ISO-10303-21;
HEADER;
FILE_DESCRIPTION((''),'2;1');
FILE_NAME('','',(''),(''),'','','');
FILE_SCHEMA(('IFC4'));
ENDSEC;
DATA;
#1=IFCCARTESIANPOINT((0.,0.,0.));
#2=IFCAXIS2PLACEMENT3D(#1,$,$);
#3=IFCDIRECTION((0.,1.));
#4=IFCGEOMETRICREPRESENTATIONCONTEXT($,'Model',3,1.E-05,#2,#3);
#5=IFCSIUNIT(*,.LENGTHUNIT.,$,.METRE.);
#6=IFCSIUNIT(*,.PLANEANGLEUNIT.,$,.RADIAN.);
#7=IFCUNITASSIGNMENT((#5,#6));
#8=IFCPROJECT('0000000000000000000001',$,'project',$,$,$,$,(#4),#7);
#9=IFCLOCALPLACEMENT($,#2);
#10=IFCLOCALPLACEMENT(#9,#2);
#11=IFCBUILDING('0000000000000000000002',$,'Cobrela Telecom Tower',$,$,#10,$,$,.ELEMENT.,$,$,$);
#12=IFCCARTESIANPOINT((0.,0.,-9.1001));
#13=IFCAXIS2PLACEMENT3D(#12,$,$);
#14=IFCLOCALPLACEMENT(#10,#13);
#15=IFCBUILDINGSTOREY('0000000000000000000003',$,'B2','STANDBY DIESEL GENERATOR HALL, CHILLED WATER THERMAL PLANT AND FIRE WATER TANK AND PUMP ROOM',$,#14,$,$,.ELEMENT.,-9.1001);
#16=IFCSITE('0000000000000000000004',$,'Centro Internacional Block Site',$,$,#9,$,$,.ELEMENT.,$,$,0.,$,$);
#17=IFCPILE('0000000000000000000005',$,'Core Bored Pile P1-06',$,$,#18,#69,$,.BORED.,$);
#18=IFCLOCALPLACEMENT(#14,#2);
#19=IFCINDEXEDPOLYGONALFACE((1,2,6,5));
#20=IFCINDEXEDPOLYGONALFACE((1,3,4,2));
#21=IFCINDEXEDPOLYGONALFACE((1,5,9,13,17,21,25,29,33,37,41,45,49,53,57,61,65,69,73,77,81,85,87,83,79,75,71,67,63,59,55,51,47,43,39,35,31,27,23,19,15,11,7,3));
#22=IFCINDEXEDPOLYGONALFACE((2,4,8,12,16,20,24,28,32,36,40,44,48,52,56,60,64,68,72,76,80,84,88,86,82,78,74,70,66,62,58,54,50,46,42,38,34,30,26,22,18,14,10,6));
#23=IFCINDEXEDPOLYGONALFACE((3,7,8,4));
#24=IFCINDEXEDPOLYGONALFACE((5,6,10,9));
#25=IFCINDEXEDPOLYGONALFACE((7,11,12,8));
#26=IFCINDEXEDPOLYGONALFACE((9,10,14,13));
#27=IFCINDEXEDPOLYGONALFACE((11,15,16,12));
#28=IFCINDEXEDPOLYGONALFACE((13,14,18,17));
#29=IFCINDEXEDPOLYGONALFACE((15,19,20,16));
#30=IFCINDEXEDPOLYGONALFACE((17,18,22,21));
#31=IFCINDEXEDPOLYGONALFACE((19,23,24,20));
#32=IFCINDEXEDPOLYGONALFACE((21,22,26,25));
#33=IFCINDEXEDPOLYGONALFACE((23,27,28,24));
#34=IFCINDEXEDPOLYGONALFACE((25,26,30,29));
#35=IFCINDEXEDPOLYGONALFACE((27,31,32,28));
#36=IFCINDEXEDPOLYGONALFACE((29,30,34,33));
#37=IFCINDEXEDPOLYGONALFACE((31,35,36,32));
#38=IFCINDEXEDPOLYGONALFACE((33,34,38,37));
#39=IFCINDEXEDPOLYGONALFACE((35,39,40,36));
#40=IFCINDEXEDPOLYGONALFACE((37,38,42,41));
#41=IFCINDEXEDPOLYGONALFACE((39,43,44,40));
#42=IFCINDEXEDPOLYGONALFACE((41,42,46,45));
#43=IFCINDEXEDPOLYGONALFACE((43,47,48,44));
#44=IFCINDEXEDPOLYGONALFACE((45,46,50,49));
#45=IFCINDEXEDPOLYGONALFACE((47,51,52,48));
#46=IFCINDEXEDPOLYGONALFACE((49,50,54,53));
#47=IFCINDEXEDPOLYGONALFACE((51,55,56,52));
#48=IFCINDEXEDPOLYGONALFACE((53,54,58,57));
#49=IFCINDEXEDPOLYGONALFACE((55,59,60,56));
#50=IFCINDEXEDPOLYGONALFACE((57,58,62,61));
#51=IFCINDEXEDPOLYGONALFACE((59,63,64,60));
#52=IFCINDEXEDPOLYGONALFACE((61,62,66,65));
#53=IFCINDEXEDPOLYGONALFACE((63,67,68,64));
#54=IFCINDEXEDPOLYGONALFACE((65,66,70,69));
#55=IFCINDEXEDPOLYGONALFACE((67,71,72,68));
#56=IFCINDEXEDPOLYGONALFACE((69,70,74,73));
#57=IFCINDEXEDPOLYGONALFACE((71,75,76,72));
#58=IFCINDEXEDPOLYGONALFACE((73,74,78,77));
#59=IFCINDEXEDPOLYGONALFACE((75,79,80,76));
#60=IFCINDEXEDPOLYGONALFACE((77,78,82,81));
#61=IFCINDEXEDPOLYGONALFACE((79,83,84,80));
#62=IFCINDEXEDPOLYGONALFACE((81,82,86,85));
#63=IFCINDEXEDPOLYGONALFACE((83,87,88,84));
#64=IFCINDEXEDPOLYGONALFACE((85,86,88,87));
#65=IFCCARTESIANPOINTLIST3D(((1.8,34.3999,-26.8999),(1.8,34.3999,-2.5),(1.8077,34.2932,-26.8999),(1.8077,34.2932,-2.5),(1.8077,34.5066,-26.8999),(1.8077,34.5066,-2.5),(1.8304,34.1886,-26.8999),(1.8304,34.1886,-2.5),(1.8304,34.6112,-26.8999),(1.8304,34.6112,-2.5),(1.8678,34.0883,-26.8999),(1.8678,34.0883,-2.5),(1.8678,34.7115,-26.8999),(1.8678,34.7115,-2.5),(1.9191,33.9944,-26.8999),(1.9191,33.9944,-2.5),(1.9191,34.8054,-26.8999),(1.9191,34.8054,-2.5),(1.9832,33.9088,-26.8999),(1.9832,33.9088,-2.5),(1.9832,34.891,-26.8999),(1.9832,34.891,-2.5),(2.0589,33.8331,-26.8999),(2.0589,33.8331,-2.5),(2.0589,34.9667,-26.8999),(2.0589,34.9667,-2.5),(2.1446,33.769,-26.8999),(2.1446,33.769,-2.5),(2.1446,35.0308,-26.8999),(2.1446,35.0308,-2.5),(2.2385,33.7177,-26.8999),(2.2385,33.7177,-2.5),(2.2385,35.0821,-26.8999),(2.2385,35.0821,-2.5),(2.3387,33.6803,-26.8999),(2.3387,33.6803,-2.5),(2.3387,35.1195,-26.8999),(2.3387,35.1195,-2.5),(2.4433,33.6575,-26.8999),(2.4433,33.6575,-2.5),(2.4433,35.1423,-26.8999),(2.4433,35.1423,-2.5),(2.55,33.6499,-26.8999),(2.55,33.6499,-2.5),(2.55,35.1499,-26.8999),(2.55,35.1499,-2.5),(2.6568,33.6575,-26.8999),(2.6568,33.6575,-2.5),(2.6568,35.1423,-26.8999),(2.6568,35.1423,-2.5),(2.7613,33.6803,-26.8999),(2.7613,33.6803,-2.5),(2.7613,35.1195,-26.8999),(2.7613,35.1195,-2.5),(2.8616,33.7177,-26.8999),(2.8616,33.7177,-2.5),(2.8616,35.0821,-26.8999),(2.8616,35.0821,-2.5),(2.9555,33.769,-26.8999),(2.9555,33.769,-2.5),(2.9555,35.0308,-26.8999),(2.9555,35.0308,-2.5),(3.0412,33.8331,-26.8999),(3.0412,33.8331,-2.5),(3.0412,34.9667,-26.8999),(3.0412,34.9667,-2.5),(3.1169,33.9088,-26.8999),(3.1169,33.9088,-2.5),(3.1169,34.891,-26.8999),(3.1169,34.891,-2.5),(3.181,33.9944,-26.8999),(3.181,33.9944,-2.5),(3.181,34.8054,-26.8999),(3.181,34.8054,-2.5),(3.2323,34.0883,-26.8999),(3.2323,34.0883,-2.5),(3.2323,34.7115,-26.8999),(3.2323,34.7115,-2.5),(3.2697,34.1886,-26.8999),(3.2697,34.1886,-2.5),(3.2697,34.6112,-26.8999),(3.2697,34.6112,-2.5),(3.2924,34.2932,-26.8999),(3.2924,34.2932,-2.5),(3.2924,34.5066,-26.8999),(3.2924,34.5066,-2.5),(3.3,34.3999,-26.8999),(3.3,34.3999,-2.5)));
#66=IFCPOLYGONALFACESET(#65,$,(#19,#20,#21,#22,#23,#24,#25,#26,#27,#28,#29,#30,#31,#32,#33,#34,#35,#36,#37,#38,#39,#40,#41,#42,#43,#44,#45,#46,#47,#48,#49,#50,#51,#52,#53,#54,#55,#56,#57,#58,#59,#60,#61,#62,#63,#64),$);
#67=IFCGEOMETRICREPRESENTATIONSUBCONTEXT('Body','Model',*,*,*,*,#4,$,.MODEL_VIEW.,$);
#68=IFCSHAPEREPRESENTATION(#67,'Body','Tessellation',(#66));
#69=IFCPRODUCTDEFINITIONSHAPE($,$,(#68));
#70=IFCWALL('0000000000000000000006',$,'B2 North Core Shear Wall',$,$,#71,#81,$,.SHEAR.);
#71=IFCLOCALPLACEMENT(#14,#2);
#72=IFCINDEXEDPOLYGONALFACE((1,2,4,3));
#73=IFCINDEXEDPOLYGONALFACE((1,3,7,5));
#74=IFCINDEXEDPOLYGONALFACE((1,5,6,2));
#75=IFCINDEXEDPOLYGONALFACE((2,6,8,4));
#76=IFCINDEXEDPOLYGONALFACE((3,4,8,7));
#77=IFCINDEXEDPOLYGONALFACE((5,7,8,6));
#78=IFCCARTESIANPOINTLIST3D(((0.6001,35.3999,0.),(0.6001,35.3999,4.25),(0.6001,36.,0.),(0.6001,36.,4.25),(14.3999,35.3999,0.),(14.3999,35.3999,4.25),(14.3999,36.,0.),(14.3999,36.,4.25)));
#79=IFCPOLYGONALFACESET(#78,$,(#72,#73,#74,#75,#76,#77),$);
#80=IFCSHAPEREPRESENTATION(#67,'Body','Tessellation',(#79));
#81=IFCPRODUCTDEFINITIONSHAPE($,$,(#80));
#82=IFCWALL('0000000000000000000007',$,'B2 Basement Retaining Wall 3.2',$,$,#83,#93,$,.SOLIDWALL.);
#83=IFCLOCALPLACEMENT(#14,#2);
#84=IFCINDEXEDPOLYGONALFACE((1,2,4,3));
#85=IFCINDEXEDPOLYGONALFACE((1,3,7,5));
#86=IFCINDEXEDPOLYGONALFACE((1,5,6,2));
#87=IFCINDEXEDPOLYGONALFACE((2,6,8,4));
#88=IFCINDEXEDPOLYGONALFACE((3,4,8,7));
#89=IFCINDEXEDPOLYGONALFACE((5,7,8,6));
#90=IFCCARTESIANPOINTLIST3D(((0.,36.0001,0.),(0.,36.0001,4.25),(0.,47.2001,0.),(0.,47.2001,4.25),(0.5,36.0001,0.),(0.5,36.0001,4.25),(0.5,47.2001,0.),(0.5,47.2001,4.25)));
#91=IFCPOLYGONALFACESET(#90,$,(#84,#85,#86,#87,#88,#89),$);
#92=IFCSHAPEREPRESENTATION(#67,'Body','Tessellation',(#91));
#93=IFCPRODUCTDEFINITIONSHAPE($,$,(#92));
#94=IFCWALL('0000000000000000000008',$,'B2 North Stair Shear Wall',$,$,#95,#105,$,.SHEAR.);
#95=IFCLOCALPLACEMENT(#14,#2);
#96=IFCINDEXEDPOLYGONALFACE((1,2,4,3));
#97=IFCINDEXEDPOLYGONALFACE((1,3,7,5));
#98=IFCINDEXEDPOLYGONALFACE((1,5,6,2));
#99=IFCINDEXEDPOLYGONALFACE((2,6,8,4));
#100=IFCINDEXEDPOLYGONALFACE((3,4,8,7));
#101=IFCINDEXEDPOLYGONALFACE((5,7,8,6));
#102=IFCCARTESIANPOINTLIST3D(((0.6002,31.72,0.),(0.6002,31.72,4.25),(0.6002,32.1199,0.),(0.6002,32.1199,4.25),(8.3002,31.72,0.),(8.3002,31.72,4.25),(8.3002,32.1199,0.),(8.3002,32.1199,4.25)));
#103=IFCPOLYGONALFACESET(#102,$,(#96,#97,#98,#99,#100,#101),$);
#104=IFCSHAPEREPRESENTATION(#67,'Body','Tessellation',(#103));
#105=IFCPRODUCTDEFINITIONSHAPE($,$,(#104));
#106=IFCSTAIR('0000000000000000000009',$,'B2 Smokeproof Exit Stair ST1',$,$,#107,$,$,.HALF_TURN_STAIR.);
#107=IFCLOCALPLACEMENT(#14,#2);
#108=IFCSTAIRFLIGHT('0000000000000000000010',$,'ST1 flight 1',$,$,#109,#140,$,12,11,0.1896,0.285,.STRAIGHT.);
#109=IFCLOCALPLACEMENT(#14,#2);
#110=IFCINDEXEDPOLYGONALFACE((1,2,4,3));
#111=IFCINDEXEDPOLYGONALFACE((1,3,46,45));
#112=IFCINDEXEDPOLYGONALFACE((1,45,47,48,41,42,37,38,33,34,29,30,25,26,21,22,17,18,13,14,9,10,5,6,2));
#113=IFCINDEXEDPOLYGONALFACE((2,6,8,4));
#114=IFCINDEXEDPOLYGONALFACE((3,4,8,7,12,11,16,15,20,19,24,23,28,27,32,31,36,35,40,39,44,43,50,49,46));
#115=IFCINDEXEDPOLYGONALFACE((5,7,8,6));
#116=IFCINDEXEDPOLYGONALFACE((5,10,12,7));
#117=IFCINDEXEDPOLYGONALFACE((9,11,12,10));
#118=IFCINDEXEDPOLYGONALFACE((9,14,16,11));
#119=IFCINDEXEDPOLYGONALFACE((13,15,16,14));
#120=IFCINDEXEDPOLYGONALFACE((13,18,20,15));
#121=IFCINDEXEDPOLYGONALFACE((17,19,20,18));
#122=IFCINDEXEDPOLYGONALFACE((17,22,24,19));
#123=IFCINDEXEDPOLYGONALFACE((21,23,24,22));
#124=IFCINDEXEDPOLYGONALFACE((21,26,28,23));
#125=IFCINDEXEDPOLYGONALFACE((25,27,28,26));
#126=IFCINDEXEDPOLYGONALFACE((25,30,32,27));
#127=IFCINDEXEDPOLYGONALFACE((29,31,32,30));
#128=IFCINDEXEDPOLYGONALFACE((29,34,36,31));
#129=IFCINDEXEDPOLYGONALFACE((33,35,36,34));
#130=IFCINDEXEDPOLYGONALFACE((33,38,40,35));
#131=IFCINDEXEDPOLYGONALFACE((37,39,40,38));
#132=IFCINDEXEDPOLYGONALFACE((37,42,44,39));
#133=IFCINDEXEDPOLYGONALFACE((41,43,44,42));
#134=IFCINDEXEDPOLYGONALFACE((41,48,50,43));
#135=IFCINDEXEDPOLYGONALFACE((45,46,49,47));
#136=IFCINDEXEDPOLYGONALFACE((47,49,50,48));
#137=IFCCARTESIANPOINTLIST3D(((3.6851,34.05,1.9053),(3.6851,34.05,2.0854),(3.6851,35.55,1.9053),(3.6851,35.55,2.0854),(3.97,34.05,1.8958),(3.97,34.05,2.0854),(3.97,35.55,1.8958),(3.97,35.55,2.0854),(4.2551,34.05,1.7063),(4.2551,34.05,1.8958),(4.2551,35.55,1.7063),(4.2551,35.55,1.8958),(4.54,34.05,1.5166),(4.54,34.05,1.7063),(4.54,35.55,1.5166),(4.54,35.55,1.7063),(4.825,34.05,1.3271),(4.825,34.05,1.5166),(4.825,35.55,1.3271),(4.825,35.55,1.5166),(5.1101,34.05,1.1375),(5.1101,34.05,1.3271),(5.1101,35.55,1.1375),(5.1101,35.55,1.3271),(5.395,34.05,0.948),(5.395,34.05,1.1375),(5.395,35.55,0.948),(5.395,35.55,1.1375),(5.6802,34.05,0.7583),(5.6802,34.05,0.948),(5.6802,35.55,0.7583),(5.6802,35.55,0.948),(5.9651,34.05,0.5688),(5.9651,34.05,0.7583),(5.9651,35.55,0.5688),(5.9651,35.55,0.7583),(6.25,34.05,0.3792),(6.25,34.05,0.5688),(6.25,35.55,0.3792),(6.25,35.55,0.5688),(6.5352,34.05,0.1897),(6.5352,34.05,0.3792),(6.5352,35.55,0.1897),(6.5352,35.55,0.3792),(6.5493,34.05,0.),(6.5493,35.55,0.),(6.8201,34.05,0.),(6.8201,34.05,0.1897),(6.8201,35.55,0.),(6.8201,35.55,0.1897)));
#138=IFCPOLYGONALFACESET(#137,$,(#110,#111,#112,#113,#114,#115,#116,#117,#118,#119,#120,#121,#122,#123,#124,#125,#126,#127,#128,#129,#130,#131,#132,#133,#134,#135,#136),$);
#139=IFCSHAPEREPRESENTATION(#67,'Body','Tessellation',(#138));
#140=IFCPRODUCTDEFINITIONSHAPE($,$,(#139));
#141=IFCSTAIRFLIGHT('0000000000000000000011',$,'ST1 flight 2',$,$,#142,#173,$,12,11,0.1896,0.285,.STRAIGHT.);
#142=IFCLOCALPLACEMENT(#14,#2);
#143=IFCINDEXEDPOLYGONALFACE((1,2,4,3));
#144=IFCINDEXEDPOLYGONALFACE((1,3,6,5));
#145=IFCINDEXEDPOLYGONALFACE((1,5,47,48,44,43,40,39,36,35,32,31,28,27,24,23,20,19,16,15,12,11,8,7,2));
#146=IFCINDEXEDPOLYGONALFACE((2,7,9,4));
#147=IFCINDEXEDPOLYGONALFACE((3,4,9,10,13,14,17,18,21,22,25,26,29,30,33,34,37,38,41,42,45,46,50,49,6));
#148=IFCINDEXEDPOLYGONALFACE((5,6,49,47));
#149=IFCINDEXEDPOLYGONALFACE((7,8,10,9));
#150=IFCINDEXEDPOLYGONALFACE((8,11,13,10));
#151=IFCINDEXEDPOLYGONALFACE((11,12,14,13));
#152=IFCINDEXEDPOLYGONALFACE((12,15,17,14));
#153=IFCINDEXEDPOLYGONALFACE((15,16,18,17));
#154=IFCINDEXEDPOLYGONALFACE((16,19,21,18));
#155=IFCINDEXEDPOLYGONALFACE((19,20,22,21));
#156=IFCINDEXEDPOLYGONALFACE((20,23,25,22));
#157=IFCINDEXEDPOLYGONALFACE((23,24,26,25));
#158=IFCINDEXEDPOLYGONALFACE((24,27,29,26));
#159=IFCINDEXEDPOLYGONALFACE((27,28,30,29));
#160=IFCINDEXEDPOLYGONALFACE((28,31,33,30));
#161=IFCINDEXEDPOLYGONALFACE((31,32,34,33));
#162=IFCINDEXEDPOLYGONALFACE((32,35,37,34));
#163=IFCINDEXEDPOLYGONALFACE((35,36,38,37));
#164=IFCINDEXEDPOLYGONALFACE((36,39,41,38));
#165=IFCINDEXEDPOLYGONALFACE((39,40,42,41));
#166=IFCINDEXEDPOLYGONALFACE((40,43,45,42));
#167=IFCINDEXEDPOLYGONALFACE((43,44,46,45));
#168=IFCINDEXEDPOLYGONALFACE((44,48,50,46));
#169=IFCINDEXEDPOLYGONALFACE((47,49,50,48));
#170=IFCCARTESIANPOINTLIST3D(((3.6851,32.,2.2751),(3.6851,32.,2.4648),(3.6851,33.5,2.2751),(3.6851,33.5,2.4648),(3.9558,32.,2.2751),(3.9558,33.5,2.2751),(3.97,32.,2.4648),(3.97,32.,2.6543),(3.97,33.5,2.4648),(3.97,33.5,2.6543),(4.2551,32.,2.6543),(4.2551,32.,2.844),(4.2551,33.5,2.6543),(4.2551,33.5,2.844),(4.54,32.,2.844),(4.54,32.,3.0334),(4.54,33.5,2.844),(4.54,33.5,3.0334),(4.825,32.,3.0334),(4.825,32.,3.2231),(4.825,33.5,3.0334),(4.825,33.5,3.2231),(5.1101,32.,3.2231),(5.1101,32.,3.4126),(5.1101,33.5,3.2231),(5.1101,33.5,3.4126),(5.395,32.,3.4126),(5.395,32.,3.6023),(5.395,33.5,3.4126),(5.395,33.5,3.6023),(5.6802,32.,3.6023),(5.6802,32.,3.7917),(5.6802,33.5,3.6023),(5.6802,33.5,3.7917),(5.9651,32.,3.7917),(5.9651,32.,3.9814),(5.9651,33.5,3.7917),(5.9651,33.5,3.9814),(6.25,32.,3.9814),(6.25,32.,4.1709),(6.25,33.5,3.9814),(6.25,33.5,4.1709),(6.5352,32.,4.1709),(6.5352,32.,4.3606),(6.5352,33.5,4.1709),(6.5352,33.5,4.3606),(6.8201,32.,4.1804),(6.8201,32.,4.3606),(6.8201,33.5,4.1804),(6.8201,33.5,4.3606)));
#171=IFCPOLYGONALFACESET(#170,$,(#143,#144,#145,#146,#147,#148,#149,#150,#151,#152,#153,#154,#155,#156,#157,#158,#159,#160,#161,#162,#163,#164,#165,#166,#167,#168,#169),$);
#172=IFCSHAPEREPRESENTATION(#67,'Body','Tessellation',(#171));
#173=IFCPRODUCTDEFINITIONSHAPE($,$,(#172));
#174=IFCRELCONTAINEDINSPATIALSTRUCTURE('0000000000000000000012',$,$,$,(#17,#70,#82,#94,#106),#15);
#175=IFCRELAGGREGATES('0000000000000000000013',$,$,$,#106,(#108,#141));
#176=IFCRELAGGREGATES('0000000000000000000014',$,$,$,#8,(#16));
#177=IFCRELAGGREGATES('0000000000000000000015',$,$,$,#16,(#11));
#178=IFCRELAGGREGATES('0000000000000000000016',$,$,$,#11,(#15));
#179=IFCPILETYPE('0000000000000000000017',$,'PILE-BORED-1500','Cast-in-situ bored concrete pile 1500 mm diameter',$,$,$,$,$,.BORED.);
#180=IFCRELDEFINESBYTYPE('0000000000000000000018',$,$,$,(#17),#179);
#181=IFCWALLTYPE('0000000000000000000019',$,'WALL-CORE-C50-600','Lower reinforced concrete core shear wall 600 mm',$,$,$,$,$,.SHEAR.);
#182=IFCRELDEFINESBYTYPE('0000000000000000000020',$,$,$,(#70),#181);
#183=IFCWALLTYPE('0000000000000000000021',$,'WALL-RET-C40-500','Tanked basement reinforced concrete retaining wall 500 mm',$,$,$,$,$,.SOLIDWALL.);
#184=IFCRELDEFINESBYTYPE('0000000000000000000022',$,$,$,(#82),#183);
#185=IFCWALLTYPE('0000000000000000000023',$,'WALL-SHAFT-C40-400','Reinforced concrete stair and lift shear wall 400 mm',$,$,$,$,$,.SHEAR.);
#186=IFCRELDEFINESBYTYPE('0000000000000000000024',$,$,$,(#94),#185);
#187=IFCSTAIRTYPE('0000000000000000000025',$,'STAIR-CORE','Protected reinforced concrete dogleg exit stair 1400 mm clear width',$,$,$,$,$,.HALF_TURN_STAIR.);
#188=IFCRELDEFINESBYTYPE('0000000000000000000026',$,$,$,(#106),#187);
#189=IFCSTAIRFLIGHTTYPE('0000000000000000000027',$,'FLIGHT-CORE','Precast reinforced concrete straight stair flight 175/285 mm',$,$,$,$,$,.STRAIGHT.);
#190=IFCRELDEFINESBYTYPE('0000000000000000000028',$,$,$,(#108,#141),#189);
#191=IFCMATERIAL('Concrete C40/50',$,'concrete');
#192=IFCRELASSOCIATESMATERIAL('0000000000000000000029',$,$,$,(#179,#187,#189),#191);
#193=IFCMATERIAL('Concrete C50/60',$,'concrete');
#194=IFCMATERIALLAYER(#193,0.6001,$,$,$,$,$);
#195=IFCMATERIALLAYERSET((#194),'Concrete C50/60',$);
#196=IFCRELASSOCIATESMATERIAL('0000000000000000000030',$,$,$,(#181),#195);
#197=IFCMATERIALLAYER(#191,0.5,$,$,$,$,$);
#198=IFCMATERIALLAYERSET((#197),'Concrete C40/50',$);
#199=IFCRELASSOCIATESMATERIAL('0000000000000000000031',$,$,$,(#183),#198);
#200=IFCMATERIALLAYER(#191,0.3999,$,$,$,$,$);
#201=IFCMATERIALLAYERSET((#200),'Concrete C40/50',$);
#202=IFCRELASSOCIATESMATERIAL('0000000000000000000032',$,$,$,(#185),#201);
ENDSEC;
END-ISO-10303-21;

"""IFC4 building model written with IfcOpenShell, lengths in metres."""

from ifc_helpers import new_model, si_unit, direction, frame, frame_2d, origin, origin_2d, place, context, subcontext, project, spatial, polyline, rectangle, circle, outline, extrude, material, layer, layer_set, material_profile, profile_set, type_object, element, aggregate, save


model = new_model("IFC4")

# Units and contexts
model_context = context("Model", 3, precision=1e-05, world=origin(), true_north=direction((0.0, 1.0)))
body_context = subcontext(model_context, "Body", "Model", "MODEL_VIEW")
ifc_project = project(units=[si_unit("LENGTHUNIT", "METRE"), si_unit("PLANEANGLEUNIT", "RADIAN")], contexts=[model_context])

# Site, building, storey
site_placement = place(None, origin())
site = spatial("IfcSite", under=ifc_project, at=site_placement, Name="Centro Internacional Block Site", CompositionType="ELEMENT", RefElevation=0.0)
building_placement = place(site_placement, origin())
building = spatial("IfcBuilding", under=site, at=building_placement, Name="Cobrela Telecom Tower", CompositionType="ELEMENT")
storey_placement = place(building_placement, frame((0.0, 0.0, -9.1001)))
storey = spatial("IfcBuildingStorey", under=building, at=storey_placement, Name="B2", Description="STANDBY DIESEL GENERATOR HALL, CHILLED WATER THERMAL PLANT AND FIRE WATER TANK AND PUMP ROOM", CompositionType="ELEMENT", Elevation=-9.1001)

# Shared definitions
ifc_material_1 = material(Name="Concrete C40/50", Category="concrete")

# Pile
ifc_material_profile_1 = material_profile(ifc_material_1, circle(Radius=0.75, at=origin_2d()), Name="BORED PILE D1500")
ifc_profile_set_1 = profile_set([ifc_material_profile_1], Name="Concrete C40/50")
pile_type_1 = type_object("IfcPileType", Name="PILE-BORED-1500", Description="Cast-in-situ bored concrete pile 1500 mm diameter", PredefinedType="BORED", material=ifc_profile_set_1)
for number, where, z_axis, x_axis, name in (
    (1, (2.55, 34.3999, -2.5), (0.0, 0.0, -1.0), (1.0, 0.0, 0.0), "Core Bored Pile P1-06"),
):
    element("IfcPile", number, at=place(storey_placement, frame(where, z_axis=z_axis, x_axis=x_axis)), inside=storey, type_object=pile_type_1, Name=name, PredefinedType="BORED", context=body_context, shape_type="SweptSolid", body=[
        extrude(circle(Radius=0.75, at=origin_2d()), origin(), (0.0, 0.0, 1.0), 24.3999),
    ])

# Walls
ifc_material_2 = material(Name="Concrete C50/60", Category="concrete")
ifc_layer_1 = layer(ifc_material_2, 0.6001)
ifc_layer_set_1 = layer_set([ifc_layer_1], Name="Concrete C50/60")
wall_type_1 = type_object("IfcWallType", Name="WALL-CORE-C50-600", Description="Lower reinforced concrete core shear wall 600 mm", PredefinedType="SHEAR", material=ifc_layer_set_1)
wall_1_placement = place(storey_placement, frame((0.6001, 35.7, 0.0), z_axis=(0.0, 0.0, 1.0), x_axis=(1.0, 0.0, 0.0)))
element("IfcWall", 2, at=wall_1_placement, inside=storey, type_object=wall_type_1, Name="B2 North Core Shear Wall", PredefinedType="SHEAR", context=body_context, shape_type="SweptSolid", body=[
    extrude(rectangle(XDim=13.7998, YDim=0.6001, at=frame_2d((6.8999, 0.0))), origin(), (0.0, 0.0, 1.0), 4.25),
])
ifc_layer_2 = layer(ifc_material_1, 0.5)
ifc_layer_set_2 = layer_set([ifc_layer_2], Name="Concrete C40/50")
wall_type_2 = type_object("IfcWallType", Name="WALL-RET-C40-500", Description="Tanked basement reinforced concrete retaining wall 500 mm", PredefinedType="SOLIDWALL", material=ifc_layer_set_2)
wall_2_placement = place(storey_placement, frame((0.25, 36.0, 0.0), z_axis=(0.0, 0.0, 1.0), x_axis=(0.0, 1.0, 0.0)))
element("IfcWall", 3, at=wall_2_placement, inside=storey, type_object=wall_type_2, Name="B2 Basement Retaining Wall 3.2", PredefinedType="SOLIDWALL", context=body_context, shape_type="SweptSolid", body=[
    extrude(rectangle(XDim=11.2, YDim=0.5, at=frame_2d((5.6001, 0.0))), origin(), (0.0, 0.0, 1.0), 4.25),
])
ifc_layer_3 = layer(ifc_material_1, 0.3999)
ifc_layer_set_3 = layer_set([ifc_layer_3], Name="Concrete C40/50")
wall_type_3 = type_object("IfcWallType", Name="WALL-SHAFT-C40-400", Description="Reinforced concrete stair and lift shear wall 400 mm", PredefinedType="SHEAR", material=ifc_layer_set_3)
wall_3_placement = place(storey_placement, frame((0.6001, 31.9199, 0.0), z_axis=(0.0, 0.0, 1.0), x_axis=(1.0, 0.0, 0.0)))
element("IfcWall", 4, at=wall_3_placement, inside=storey, type_object=wall_type_3, Name="B2 North Stair Shear Wall", PredefinedType="SHEAR", context=body_context, shape_type="SweptSolid", body=[
    extrude(rectangle(XDim=7.7, YDim=0.3999, at=frame_2d((3.8501, 0.0))), origin(), (0.0, 0.0, 1.0), 4.25),
])

# Stair, stair flights
stair_type = type_object("IfcStairType", Name="STAIR-CORE", Description="Protected reinforced concrete dogleg exit stair 1400 mm clear width", PredefinedType="HALF_TURN_STAIR", material=ifc_material_1)
stair_placement = place(storey_placement, origin())
stair = element("IfcStair", 5, at=stair_placement, inside=storey, type_object=stair_type, Name="B2 Smokeproof Exit Stair ST1", PredefinedType="HALF_TURN_STAIR")
stair_flight_type = type_object("IfcStairFlightType", Name="FLIGHT-CORE", Description="Precast reinforced concrete straight stair flight 175/285 mm", PredefinedType="STRAIGHT", material=ifc_material_1)
stair_flight_1_placement = place(storey_placement, frame((6.8201, 34.8, 0.0), z_axis=(0.0, 0.0, 1.0), x_axis=(-1.0, 0.0, 0.0)))
stair_flight_1 = element("IfcStairFlight", 6, at=stair_flight_1_placement, type_object=stair_flight_type, Name="ST1 flight 1", NumberOfRisers=12, NumberOfTreads=11, PredefinedType="STRAIGHT", RiserHeight=0.1896, TreadLength=0.285, context=body_context, shape_type="SweptSolid", body=[
    extrude(outline(polyline([(0.0, 0.0), (0.0, 0.1897), (0.2849, 0.1897), (0.2849, 0.3792), (0.5701, 0.3792), (0.5701, 0.5688), (0.855, 0.5688), (0.855, 0.7583), (1.1399, 0.7583), (1.1399, 0.948), (1.425, 0.948), (1.425, 1.1375), (1.71, 1.1375), (1.71, 1.3271), (1.9951, 1.3271), (1.9951, 1.5166), (2.28, 1.5166), (2.28, 1.7063), (2.5649, 1.7063), (2.5649, 1.8958), (2.8501, 1.8958), (2.8501, 2.0854), (3.135, 2.0854), (3.135, 2.2749), (3.135, 1.9053), (0.2708, 0.0), (0.0, 0.0)])), frame((0.0, 0.75, 0.0), z_axis=(0.0, -1.0, 0.0), x_axis=(1.0, 0.0, 0.0)), (0.0, 0.0, 1.0), 1.5),
])
stair_flight_2_placement = place(storey_placement, frame((3.6851, 32.75, 2.2751), z_axis=(0.0, 0.0, 1.0), x_axis=(1.0, 0.0, 0.0)))
stair_flight_2 = element("IfcStairFlight", 7, at=stair_flight_2_placement, type_object=stair_flight_type, Name="ST1 flight 2", NumberOfRisers=12, NumberOfTreads=11, PredefinedType="STRAIGHT", RiserHeight=0.1896, TreadLength=0.285, context=body_context, shape_type="SweptSolid", body=[
    extrude(outline(polyline([(0.0, 0.0), (0.0, 0.1897), (0.2849, 0.1897), (0.2849, 0.3792), (0.5701, 0.3792), (0.5701, 0.5688), (0.855, 0.5688), (0.855, 0.7583), (1.1399, 0.7583), (1.1399, 0.948), (1.425, 0.948), (1.425, 1.1375), (1.71, 1.1375), (1.71, 1.3271), (1.9951, 1.3271), (1.9951, 1.5166), (2.28, 1.5166), (2.28, 1.7063), (2.5649, 1.7063), (2.5649, 1.8958), (2.8501, 1.8958), (2.8501, 2.0854), (3.135, 2.0854), (3.135, 2.2749), (3.135, 1.9053), (0.2708, 0.0), (0.0, 0.0)])), frame((0.0, 0.75, 0.0), z_axis=(0.0, -1.0, 0.0), x_axis=(1.0, 0.0, 0.0)), (0.0, 0.0, 1.0), 1.5),
])
aggregate(stair, [stair_flight_1, stair_flight_2])

save(model, "model.ifc")
